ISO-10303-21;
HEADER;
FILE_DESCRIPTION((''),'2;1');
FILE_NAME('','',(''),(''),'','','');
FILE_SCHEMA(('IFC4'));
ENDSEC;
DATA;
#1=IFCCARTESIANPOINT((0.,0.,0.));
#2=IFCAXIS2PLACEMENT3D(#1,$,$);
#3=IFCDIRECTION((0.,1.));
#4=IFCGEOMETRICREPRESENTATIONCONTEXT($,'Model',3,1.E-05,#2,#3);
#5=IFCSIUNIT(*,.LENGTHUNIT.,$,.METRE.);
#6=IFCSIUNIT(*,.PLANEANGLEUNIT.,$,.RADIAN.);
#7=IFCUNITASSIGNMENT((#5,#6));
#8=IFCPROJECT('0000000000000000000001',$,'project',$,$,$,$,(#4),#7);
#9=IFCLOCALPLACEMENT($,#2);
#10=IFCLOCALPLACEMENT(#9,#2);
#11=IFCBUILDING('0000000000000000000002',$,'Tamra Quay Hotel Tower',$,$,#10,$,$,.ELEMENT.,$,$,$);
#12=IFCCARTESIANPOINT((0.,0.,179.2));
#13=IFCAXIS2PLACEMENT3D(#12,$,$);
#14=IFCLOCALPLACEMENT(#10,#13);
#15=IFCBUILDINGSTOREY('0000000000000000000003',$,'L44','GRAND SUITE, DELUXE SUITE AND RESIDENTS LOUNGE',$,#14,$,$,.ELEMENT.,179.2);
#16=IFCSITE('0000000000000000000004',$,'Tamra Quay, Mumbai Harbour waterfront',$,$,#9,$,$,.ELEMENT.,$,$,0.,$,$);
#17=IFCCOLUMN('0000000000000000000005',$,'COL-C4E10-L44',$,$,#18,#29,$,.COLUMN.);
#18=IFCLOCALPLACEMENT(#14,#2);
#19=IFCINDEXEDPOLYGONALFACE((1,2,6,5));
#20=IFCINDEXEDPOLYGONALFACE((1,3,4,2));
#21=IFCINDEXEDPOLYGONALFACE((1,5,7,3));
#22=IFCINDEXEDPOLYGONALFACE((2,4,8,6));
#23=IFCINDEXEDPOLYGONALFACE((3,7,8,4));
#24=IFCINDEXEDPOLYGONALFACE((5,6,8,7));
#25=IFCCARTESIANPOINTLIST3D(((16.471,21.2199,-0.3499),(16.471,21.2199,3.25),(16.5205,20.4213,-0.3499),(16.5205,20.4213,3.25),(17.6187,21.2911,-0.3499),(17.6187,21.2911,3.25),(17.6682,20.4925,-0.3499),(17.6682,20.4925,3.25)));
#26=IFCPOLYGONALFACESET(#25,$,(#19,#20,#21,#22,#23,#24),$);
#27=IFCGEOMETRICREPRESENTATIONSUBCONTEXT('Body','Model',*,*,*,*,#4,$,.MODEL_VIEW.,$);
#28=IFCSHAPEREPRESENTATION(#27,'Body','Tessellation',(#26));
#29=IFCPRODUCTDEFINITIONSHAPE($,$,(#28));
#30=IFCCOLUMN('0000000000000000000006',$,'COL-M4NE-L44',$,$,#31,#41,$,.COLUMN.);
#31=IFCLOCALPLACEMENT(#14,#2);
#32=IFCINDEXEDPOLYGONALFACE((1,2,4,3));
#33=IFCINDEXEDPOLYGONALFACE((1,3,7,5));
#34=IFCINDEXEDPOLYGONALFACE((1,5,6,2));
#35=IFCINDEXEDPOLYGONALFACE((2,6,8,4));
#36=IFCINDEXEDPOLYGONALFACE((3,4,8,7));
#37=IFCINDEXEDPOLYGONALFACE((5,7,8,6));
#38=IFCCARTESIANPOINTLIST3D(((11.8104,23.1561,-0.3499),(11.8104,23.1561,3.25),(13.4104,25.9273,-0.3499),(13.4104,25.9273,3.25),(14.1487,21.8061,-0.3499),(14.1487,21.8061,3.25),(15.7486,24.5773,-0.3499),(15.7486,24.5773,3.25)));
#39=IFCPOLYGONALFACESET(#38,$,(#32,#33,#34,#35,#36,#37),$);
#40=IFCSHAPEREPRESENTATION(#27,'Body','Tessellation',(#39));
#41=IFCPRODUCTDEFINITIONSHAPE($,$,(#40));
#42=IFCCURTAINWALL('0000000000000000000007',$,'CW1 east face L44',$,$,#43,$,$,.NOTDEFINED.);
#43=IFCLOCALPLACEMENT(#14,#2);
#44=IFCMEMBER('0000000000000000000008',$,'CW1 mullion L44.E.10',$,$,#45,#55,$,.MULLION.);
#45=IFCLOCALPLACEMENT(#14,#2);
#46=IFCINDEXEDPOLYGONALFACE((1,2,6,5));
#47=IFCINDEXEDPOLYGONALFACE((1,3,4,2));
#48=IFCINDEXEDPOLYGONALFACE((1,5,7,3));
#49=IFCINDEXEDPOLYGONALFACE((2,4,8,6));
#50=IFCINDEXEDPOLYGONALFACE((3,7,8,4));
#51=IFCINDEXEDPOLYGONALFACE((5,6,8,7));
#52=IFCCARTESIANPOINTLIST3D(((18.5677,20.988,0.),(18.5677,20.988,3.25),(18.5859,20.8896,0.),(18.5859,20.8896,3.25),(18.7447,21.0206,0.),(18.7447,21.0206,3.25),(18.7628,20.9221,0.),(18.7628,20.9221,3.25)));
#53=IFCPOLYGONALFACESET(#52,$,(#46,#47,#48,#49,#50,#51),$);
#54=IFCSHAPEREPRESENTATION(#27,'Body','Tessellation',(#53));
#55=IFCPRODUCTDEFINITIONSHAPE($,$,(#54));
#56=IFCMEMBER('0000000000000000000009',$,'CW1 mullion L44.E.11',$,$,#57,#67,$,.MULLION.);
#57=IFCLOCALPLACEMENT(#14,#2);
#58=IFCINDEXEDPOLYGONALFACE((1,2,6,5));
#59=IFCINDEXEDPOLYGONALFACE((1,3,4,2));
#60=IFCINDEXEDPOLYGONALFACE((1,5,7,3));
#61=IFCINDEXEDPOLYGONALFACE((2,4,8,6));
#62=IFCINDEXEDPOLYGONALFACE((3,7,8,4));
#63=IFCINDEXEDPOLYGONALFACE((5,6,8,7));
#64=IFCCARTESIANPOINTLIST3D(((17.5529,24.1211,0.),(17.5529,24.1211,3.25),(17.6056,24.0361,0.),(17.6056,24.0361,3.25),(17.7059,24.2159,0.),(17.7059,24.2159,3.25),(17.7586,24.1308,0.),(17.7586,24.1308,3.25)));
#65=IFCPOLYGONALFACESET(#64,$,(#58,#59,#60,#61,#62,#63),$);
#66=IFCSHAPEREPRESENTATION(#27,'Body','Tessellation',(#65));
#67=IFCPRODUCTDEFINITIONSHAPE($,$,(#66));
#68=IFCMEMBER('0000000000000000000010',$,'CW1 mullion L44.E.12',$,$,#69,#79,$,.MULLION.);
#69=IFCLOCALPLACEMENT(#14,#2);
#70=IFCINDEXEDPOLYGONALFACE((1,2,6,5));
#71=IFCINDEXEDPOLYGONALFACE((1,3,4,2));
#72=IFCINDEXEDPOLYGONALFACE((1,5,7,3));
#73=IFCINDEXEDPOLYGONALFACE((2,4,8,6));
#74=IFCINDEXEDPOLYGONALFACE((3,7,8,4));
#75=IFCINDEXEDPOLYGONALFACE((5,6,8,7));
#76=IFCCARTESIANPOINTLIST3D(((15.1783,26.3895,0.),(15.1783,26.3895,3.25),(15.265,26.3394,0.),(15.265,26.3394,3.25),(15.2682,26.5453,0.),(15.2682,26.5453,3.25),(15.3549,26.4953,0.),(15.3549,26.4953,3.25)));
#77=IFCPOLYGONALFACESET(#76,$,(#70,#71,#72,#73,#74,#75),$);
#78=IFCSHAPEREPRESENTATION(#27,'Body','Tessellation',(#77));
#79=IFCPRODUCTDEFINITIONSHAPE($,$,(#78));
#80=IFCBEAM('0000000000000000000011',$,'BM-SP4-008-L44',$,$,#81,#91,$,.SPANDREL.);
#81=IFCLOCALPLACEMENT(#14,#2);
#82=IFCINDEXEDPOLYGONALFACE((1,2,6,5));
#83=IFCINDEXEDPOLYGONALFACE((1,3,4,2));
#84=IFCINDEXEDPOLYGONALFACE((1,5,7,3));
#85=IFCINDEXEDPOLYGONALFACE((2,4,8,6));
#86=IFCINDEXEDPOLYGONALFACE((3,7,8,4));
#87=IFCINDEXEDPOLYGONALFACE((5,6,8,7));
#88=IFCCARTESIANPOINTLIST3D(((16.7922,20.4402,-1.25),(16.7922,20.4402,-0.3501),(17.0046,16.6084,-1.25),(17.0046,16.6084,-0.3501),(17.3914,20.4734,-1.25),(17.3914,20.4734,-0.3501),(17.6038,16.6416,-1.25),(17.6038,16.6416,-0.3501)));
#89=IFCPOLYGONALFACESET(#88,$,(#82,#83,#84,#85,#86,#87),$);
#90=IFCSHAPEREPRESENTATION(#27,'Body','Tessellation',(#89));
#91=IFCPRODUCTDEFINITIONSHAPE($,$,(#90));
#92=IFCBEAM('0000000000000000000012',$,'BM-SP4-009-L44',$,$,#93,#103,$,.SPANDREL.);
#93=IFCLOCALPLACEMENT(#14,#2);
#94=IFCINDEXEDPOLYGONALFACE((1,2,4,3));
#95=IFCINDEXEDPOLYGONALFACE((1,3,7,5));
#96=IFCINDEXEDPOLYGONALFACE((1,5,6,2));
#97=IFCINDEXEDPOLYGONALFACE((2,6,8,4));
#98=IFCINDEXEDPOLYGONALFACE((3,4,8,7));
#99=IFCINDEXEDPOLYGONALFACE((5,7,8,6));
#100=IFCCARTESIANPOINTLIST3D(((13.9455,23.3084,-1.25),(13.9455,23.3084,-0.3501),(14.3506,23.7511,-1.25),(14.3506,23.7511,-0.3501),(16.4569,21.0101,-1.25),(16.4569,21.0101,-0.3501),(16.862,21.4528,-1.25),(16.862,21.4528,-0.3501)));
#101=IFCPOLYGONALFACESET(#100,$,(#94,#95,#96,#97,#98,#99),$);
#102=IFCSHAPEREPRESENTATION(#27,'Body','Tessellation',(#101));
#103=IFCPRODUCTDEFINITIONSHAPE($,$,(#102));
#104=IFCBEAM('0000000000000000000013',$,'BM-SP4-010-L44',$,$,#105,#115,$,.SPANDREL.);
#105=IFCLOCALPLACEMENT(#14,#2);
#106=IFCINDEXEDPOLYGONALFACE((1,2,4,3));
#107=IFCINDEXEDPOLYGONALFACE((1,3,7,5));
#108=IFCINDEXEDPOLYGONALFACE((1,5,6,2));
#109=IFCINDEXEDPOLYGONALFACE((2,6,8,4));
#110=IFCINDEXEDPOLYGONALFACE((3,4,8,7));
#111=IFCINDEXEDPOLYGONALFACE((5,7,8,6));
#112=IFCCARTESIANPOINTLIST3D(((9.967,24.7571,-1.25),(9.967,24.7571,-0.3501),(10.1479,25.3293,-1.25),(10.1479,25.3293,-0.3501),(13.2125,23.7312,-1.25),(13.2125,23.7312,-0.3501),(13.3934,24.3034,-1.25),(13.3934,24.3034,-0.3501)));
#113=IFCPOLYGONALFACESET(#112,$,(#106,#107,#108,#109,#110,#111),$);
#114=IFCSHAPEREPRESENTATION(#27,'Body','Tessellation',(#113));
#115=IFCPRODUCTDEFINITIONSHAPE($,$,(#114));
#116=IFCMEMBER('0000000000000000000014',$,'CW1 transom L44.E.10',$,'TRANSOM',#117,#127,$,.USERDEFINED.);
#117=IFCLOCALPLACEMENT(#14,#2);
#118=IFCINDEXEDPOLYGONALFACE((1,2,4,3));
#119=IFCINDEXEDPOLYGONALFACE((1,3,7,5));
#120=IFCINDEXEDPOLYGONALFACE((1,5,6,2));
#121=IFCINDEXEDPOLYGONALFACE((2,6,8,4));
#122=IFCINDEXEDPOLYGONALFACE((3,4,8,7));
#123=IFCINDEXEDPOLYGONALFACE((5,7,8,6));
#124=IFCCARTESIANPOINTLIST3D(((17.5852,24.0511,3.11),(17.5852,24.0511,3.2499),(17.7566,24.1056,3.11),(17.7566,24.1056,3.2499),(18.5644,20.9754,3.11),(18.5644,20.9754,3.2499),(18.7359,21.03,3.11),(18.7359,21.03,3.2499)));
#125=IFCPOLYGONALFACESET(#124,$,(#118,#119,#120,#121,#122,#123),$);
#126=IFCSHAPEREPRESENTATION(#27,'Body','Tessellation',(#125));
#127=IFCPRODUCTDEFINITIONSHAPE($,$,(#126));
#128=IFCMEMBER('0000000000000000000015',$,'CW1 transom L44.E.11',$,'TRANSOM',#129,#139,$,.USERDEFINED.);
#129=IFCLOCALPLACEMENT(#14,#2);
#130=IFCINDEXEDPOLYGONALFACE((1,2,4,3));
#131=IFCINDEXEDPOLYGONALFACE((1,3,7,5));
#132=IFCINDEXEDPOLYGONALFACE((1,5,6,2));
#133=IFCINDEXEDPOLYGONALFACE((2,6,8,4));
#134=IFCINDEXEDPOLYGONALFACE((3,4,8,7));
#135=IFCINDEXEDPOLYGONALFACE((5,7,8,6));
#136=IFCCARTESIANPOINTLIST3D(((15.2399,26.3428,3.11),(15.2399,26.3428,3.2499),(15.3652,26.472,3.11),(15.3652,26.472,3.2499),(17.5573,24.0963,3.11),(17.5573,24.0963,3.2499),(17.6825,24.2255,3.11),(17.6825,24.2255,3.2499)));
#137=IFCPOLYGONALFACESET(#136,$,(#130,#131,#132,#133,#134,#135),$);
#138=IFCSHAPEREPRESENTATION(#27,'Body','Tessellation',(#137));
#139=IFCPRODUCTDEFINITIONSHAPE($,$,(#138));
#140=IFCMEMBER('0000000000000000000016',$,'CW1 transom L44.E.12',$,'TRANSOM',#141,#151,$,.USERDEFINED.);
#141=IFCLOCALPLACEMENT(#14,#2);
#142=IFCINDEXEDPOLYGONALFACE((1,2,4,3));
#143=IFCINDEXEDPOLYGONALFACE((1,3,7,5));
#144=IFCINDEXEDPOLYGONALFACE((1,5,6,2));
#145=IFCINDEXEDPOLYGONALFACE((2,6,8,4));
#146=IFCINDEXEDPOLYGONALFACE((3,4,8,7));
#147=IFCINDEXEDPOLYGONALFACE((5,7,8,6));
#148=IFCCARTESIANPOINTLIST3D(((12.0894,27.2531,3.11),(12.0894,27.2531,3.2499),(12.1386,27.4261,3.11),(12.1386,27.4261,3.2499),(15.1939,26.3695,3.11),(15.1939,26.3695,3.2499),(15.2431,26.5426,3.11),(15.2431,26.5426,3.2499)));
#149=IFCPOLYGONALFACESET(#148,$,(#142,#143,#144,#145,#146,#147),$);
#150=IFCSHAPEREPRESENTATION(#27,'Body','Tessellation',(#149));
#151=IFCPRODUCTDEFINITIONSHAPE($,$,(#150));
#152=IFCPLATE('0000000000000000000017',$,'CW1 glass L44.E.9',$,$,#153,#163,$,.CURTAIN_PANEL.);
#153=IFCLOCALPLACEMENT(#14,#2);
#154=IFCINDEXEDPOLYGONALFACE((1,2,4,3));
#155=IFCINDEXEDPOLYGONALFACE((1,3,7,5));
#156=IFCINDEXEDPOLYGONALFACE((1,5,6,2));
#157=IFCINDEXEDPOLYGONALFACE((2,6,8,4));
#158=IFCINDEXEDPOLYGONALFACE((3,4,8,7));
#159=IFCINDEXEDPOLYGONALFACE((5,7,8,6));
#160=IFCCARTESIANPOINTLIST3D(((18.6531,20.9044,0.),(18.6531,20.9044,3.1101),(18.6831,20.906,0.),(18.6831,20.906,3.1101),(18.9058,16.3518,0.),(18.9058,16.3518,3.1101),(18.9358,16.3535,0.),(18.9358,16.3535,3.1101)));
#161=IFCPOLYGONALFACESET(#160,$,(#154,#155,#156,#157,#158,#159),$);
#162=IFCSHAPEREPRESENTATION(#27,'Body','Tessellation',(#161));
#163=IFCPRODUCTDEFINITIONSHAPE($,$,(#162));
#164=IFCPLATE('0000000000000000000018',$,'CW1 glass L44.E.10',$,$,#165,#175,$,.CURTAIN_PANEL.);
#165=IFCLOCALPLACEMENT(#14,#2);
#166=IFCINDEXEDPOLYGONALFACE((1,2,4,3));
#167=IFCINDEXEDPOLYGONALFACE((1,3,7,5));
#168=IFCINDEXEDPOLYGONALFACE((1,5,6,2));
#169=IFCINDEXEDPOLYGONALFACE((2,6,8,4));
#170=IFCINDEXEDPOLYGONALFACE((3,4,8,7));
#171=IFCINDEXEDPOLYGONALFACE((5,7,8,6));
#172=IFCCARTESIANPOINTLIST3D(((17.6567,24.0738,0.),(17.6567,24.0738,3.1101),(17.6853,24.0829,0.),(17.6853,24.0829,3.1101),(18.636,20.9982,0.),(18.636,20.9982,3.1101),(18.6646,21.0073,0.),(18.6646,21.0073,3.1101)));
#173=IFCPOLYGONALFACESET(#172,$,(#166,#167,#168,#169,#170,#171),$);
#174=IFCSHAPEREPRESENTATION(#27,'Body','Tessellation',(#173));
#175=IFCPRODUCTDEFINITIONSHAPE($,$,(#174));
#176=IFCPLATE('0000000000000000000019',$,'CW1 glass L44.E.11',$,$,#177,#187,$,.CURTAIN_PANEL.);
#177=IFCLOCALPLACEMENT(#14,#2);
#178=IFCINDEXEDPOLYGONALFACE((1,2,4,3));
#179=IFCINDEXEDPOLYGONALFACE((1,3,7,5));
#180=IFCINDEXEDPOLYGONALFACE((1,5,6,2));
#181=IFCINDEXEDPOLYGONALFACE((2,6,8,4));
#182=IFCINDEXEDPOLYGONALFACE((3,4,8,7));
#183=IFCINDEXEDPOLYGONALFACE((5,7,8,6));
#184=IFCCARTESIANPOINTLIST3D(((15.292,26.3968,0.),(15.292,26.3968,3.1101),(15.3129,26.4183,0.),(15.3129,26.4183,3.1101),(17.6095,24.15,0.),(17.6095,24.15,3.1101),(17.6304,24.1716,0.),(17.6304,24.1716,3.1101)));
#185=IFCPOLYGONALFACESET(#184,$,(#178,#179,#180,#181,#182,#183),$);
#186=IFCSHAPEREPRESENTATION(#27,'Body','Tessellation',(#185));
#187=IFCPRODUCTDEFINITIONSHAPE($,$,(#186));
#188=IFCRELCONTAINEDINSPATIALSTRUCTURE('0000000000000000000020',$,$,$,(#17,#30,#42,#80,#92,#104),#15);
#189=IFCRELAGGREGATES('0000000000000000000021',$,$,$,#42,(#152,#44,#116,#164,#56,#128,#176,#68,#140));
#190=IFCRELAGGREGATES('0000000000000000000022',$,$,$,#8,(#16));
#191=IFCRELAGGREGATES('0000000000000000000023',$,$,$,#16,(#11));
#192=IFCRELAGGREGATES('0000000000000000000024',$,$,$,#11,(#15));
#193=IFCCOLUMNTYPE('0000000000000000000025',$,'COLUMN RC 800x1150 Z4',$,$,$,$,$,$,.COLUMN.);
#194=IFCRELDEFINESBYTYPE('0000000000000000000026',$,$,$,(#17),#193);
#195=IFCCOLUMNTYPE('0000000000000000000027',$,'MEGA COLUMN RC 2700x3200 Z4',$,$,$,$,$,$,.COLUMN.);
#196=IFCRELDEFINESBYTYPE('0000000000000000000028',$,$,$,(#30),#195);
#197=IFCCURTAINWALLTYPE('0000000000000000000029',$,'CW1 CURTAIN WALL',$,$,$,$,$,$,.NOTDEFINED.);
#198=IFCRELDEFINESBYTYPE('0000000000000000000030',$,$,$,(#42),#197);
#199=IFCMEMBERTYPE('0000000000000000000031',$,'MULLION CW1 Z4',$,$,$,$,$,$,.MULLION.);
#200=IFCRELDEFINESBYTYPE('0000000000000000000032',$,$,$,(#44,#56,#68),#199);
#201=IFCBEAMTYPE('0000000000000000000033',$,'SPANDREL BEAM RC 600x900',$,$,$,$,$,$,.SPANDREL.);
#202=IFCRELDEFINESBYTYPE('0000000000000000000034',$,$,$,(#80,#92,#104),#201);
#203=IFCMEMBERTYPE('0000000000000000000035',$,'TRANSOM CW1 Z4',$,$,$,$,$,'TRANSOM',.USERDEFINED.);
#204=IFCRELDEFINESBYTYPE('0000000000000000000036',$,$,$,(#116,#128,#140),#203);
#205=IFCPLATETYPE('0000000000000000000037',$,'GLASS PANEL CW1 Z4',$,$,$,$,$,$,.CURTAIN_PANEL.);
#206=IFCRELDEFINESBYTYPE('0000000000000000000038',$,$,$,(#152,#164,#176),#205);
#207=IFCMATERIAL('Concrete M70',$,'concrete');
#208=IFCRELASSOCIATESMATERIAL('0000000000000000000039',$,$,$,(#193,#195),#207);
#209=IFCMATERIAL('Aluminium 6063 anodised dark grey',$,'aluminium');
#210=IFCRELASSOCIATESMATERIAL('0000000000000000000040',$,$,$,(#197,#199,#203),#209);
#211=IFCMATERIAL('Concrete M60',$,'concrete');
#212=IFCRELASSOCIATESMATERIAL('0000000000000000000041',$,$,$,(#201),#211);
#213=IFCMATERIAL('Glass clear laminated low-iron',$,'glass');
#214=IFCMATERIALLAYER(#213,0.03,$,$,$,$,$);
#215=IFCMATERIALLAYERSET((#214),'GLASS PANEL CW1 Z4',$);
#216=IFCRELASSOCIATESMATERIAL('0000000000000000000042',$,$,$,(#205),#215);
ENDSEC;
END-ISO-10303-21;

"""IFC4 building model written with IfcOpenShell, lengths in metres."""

from ifc_helpers import new_model, si_unit, direction, frame, origin, origin_2d, place, context, subcontext, project, spatial, rectangle, extrude, material, layer, layer_set, material_profile, profile_set, type_object, element, aggregate, save


model = new_model("IFC4")

# Units and contexts
model_context = context("Model", 3, precision=1e-05, world=origin(), true_north=direction((0.0, 1.0)))
body_context = subcontext(model_context, "Body", "Model", "MODEL_VIEW")
ifc_project = project(units=[si_unit("LENGTHUNIT", "METRE"), si_unit("PLANEANGLEUNIT", "RADIAN")], contexts=[model_context])

# Site, building, storey
site_placement = place(None, origin())
site = spatial("IfcSite", under=ifc_project, at=site_placement, Name="Tamra Quay, Mumbai Harbour waterfront", CompositionType="ELEMENT", RefElevation=0.0)
building_placement = place(site_placement, origin())
building = spatial("IfcBuilding", under=site, at=building_placement, Name="Tamra Quay Hotel Tower", CompositionType="ELEMENT")
storey_placement = place(building_placement, frame((0.0, 0.0, 179.2)))
storey = spatial("IfcBuildingStorey", under=building, at=storey_placement, Name="L44", Description="GRAND SUITE, DELUXE SUITE AND RESIDENTS LOUNGE", CompositionType="ELEMENT", Elevation=179.2)

# Columns
ifc_material_1 = material(Name="Concrete M70", Category="concrete")
ifc_material_profile_1 = material_profile(ifc_material_1, rectangle(XDim=1.1499, YDim=0.8, at=origin_2d()), Name="COLUMN RC 800x1150 Z4")
ifc_profile_set_1 = profile_set([ifc_material_profile_1], Name="Concrete M70")
column_type_1 = type_object("IfcColumnType", Name="COLUMN RC 800x1150 Z4", PredefinedType="COLUMN", material=ifc_profile_set_1)
column_1_placement = place(storey_placement, frame((17.0696, 20.8562, -0.3499), z_axis=(0.0, 0.0, 1.0), x_axis=(0.998081, 0.061921, 0.0)))
element("IfcColumn", 1, at=column_1_placement, inside=storey, type_object=column_type_1, Name="COL-C4E10-L44", PredefinedType="COLUMN", context=body_context, shape_type="SweptSolid", body=[
    extrude(rectangle(XDim=1.1499, YDim=0.8, at=origin_2d()), origin(), (0.0, 0.0, 1.0), 3.5999),
])
ifc_material_profile_2 = material_profile(ifc_material_1, rectangle(XDim=3.2, YDim=2.7, at=origin_2d()), Name="MEGA COLUMN RC 2700x3200 Z4")
ifc_profile_set_2 = profile_set([ifc_material_profile_2], Name="Concrete M70")
column_type_2 = type_object("IfcColumnType", Name="MEGA COLUMN RC 2700x3200 Z4", PredefinedType="COLUMN", material=ifc_profile_set_2)
column_2_placement = place(storey_placement, frame((13.7795, 23.8667, -0.3499), z_axis=(0.0, 0.0, 1.0), x_axis=(0.5, 0.866025, 0.0)))
element("IfcColumn", 2, at=column_2_placement, inside=storey, type_object=column_type_2, Name="COL-M4NE-L44", PredefinedType="COLUMN", context=body_context, shape_type="SweptSolid", body=[
    extrude(rectangle(XDim=3.2, YDim=2.7, at=origin_2d()), origin(), (0.0, 0.0, 1.0), 3.5999),
])

# Curtain wall, members
ifc_material_2 = material(Name="Aluminium 6063 anodised dark grey", Category="aluminium")
curtain_wall_type = type_object("IfcCurtainWallType", Name="CW1 CURTAIN WALL", PredefinedType="NOTDEFINED", material=ifc_material_2)
curtain_wall_placement = place(storey_placement, origin())
curtain_wall = element("IfcCurtainWall", 3, at=curtain_wall_placement, inside=storey, type_object=curtain_wall_type, Name="CW1 east face L44", PredefinedType="NOTDEFINED")
ifc_material_profile_3 = material_profile(ifc_material_2, rectangle(XDim=0.1799, YDim=0.1001, at=origin_2d()), Name="MULLION 100X180")
ifc_profile_set_3 = profile_set([ifc_material_profile_3], Name="Aluminium 6063 anodised dark grey")
member_type_1 = type_object("IfcMemberType", Name="MULLION CW1 Z4", PredefinedType="MULLION", material=ifc_profile_set_3)
member_1_placement = place(storey_placement, frame((18.6653, 20.9551, 0.0), z_axis=(0.0, 0.0, 1.0), x_axis=(0.983509, 0.180857, 0.0)))
member_1 = element("IfcMember", 4, at=member_1_placement, type_object=member_type_1, Name="CW1 mullion L44.E.10", PredefinedType="MULLION", context=body_context, shape_type="SweptSolid", body=[
    extrude(rectangle(XDim=0.1799, YDim=0.1001, at=origin_2d()), origin(), (0.0, 0.0, 1.0), 3.25),
])
member_2_placement = place(storey_placement, frame((17.6558, 24.126, 0.0), z_axis=(0.0, 0.0, 1.0), x_axis=(0.850122, 0.526586, 0.0)))
member_2 = element("IfcMember", 5, at=member_2_placement, type_object=member_type_1, Name="CW1 mullion L44.E.11", PredefinedType="MULLION", context=body_context, shape_type="SweptSolid", body=[
    extrude(rectangle(XDim=0.1799, YDim=0.1001, at=origin_2d()), origin(), (0.0, 0.0, 1.0), 3.25),
])
member_3_placement = place(storey_placement, frame((15.2666, 26.4424, 0.0), z_axis=(0.0, 0.0, 1.0), x_axis=(0.5, 0.866025, 0.0)))
member_3 = element("IfcMember", 6, at=member_3_placement, type_object=member_type_1, Name="CW1 mullion L44.E.12", PredefinedType="MULLION", context=body_context, shape_type="SweptSolid", body=[
    extrude(rectangle(XDim=0.1799, YDim=0.1001, at=origin_2d()), origin(), (0.0, 0.0, 1.0), 3.25),
])

# Beams
ifc_material_3 = material(Name="Concrete M60", Category="concrete")
ifc_material_profile_4 = material_profile(ifc_material_3, rectangle(XDim=0.6001, YDim=0.8999, at=origin_2d()), Name="SPANDREL BEAM RC 600x900")
ifc_profile_set_4 = profile_set([ifc_material_profile_4], Name="Concrete M60")
beam_type = type_object("IfcBeamType", Name="SPANDREL BEAM RC 600x900", PredefinedType="SPANDREL", material=ifc_profile_set_4)
beam_1_placement = place(storey_placement, frame((17.3042, 16.625, -0.8), z_axis=(-0.055347, 0.998467, 0.0), x_axis=(-0.998467, -0.055347, 0.0)))
element("IfcBeam", 7, at=beam_1_placement, inside=storey, type_object=beam_type, Name="BM-SP4-008-L44", PredefinedType="SPANDREL", context=body_context, shape_type="SweptSolid", body=[
    extrude(rectangle(XDim=0.6001, YDim=0.8999, at=origin_2d()), origin(), (0.0, 0.0, 1.0), 3.8376),
])
beam_2_placement = place(storey_placement, frame((16.6594, 21.2314, -0.8), z_axis=(-0.737716, 0.675111, 0.0), x_axis=(-0.675111, -0.737716, 0.0)))
element("IfcBeam", 8, at=beam_2_placement, inside=storey, type_object=beam_type, Name="BM-SP4-009-L44", PredefinedType="SPANDREL", context=body_context, shape_type="SweptSolid", body=[
    extrude(rectangle(XDim=0.6001, YDim=0.8999, at=origin_2d()), origin(), (0.0, 0.0, 1.0), 3.4043),
])
beam_3_placement = place(storey_placement, frame((13.303, 24.0173, -0.8), z_axis=(-0.953502, 0.301385, 0.0), x_axis=(-0.301385, -0.953502, 0.0)))
element("IfcBeam", 9, at=beam_3_placement, inside=storey, type_object=beam_type, Name="BM-SP4-010-L44", PredefinedType="SPANDREL", context=body_context, shape_type="SweptSolid", body=[
    extrude(rectangle(XDim=0.6001, YDim=0.8999, at=origin_2d()), origin(), (0.0, 0.0, 1.0), 3.4038),
])

# Members
ifc_material_profile_5 = material_profile(ifc_material_2, rectangle(XDim=0.1799, YDim=0.1399, at=origin_2d()), Name="TRANSOM 180X140")
ifc_profile_set_5 = profile_set([ifc_material_profile_5], Name="Aluminium 6063 anodised dark grey")
member_type_2 = type_object("IfcMemberType", Name="TRANSOM CW1 Z4", ElementType="TRANSOM", PredefinedType="USERDEFINED", material=ifc_profile_set_5)
member_4_placement = place(storey_placement, frame((18.6501, 21.0027, 3.1799), z_axis=(-0.303378, 0.95287, 0.0), x_axis=(-0.95287, -0.303378, 0.0)))
member_4 = element("IfcMember", 10, at=member_4_placement, type_object=member_type_2, Name="CW1 transom L44.E.10", ObjectType="TRANSOM", PredefinedType="USERDEFINED", context=body_context, shape_type="SweptSolid", body=[
    extrude(rectangle(XDim=0.1799, YDim=0.1399, at=origin_2d()), origin(), (0.0, 0.0, 1.0), 3.2278),
])
member_5_placement = place(storey_placement, frame((17.6199, 24.1609, 3.1799), z_axis=(-0.71799, 0.696054, 0.0), x_axis=(-0.696054, -0.71799, 0.0)))
member_5 = element("IfcMember", 11, at=member_5_placement, type_object=member_type_2, Name="CW1 transom L44.E.11", ObjectType="TRANSOM", PredefinedType="USERDEFINED", context=body_context, shape_type="SweptSolid", body=[
    extrude(rectangle(XDim=0.1799, YDim=0.1399, at=origin_2d()), origin(), (0.0, 0.0, 1.0), 3.2275),
])
member_6_placement = place(storey_placement, frame((15.2185, 26.4561, 3.1799), z_axis=(-0.961806, 0.273732, 0.0), x_axis=(-0.273732, -0.961806, 0.0)))
member_6 = element("IfcMember", 12, at=member_6_placement, type_object=member_type_2, Name="CW1 transom L44.E.12", ObjectType="TRANSOM", PredefinedType="USERDEFINED", context=body_context, shape_type="SweptSolid", body=[
    extrude(rectangle(XDim=0.1799, YDim=0.1399, at=origin_2d()), origin(), (0.0, 0.0, 1.0), 3.2278),
])

# Plates
ifc_material_4 = material(Name="Glass clear laminated low-iron", Category="glass")
ifc_layer_1 = layer(ifc_material_4, 0.03)
ifc_layer_set_1 = layer_set([ifc_layer_1], Name="GLASS PANEL CW1 Z4")
plate_type = type_object("IfcPlateType", Name="GLASS PANEL CW1 Z4", PredefinedType="CURTAIN_PANEL", material=ifc_layer_set_1)
plate_1_placement = place(storey_placement, frame((18.7944, 18.6289, 0.0), z_axis=(0.0, 0.0, 1.0), x_axis=(-0.055417, 0.998463, 0.0)))
plate_1 = element("IfcPlate", 13, at=plate_1_placement, type_object=plate_type, Name="CW1 glass L44.E.9", PredefinedType="CURTAIN_PANEL", context=body_context, shape_type="SweptSolid", body=[
    extrude(rectangle(XDim=4.5596, YDim=0.03, at=origin_2d()), origin(), (0.0, 0.0, 1.0), 3.1101),
])
plate_2_placement = place(storey_placement, frame((18.1606, 22.5405, 0.0), z_axis=(0.0, 0.0, 1.0), x_axis=(-0.30341, 0.95286, 0.0)))
plate_2 = element("IfcPlate", 14, at=plate_2_placement, type_object=plate_type, Name="CW1 glass L44.E.10", PredefinedType="CURTAIN_PANEL", context=body_context, shape_type="SweptSolid", body=[
    extrude(rectangle(XDim=3.2278, YDim=0.03, at=origin_2d()), origin(), (0.0, 0.0, 1.0), 3.1101),
])
plate_3_placement = place(storey_placement, frame((16.4612, 25.2842, 0.0), z_axis=(0.0, 0.0, 1.0), x_axis=(-0.717975, 0.696069, 0.0)))
plate_3 = element("IfcPlate", 15, at=plate_3_placement, type_object=plate_type, Name="CW1 glass L44.E.11", PredefinedType="CURTAIN_PANEL", context=body_context, shape_type="SweptSolid", body=[
    extrude(rectangle(XDim=3.2278, YDim=0.03, at=origin_2d()), origin(), (0.0, 0.0, 1.0), 3.1101),
])
aggregate(curtain_wall, [plate_1, member_1, member_4, plate_2, member_2, member_5, plate_3, member_3, member_6])

save(model, "model.ifc")
